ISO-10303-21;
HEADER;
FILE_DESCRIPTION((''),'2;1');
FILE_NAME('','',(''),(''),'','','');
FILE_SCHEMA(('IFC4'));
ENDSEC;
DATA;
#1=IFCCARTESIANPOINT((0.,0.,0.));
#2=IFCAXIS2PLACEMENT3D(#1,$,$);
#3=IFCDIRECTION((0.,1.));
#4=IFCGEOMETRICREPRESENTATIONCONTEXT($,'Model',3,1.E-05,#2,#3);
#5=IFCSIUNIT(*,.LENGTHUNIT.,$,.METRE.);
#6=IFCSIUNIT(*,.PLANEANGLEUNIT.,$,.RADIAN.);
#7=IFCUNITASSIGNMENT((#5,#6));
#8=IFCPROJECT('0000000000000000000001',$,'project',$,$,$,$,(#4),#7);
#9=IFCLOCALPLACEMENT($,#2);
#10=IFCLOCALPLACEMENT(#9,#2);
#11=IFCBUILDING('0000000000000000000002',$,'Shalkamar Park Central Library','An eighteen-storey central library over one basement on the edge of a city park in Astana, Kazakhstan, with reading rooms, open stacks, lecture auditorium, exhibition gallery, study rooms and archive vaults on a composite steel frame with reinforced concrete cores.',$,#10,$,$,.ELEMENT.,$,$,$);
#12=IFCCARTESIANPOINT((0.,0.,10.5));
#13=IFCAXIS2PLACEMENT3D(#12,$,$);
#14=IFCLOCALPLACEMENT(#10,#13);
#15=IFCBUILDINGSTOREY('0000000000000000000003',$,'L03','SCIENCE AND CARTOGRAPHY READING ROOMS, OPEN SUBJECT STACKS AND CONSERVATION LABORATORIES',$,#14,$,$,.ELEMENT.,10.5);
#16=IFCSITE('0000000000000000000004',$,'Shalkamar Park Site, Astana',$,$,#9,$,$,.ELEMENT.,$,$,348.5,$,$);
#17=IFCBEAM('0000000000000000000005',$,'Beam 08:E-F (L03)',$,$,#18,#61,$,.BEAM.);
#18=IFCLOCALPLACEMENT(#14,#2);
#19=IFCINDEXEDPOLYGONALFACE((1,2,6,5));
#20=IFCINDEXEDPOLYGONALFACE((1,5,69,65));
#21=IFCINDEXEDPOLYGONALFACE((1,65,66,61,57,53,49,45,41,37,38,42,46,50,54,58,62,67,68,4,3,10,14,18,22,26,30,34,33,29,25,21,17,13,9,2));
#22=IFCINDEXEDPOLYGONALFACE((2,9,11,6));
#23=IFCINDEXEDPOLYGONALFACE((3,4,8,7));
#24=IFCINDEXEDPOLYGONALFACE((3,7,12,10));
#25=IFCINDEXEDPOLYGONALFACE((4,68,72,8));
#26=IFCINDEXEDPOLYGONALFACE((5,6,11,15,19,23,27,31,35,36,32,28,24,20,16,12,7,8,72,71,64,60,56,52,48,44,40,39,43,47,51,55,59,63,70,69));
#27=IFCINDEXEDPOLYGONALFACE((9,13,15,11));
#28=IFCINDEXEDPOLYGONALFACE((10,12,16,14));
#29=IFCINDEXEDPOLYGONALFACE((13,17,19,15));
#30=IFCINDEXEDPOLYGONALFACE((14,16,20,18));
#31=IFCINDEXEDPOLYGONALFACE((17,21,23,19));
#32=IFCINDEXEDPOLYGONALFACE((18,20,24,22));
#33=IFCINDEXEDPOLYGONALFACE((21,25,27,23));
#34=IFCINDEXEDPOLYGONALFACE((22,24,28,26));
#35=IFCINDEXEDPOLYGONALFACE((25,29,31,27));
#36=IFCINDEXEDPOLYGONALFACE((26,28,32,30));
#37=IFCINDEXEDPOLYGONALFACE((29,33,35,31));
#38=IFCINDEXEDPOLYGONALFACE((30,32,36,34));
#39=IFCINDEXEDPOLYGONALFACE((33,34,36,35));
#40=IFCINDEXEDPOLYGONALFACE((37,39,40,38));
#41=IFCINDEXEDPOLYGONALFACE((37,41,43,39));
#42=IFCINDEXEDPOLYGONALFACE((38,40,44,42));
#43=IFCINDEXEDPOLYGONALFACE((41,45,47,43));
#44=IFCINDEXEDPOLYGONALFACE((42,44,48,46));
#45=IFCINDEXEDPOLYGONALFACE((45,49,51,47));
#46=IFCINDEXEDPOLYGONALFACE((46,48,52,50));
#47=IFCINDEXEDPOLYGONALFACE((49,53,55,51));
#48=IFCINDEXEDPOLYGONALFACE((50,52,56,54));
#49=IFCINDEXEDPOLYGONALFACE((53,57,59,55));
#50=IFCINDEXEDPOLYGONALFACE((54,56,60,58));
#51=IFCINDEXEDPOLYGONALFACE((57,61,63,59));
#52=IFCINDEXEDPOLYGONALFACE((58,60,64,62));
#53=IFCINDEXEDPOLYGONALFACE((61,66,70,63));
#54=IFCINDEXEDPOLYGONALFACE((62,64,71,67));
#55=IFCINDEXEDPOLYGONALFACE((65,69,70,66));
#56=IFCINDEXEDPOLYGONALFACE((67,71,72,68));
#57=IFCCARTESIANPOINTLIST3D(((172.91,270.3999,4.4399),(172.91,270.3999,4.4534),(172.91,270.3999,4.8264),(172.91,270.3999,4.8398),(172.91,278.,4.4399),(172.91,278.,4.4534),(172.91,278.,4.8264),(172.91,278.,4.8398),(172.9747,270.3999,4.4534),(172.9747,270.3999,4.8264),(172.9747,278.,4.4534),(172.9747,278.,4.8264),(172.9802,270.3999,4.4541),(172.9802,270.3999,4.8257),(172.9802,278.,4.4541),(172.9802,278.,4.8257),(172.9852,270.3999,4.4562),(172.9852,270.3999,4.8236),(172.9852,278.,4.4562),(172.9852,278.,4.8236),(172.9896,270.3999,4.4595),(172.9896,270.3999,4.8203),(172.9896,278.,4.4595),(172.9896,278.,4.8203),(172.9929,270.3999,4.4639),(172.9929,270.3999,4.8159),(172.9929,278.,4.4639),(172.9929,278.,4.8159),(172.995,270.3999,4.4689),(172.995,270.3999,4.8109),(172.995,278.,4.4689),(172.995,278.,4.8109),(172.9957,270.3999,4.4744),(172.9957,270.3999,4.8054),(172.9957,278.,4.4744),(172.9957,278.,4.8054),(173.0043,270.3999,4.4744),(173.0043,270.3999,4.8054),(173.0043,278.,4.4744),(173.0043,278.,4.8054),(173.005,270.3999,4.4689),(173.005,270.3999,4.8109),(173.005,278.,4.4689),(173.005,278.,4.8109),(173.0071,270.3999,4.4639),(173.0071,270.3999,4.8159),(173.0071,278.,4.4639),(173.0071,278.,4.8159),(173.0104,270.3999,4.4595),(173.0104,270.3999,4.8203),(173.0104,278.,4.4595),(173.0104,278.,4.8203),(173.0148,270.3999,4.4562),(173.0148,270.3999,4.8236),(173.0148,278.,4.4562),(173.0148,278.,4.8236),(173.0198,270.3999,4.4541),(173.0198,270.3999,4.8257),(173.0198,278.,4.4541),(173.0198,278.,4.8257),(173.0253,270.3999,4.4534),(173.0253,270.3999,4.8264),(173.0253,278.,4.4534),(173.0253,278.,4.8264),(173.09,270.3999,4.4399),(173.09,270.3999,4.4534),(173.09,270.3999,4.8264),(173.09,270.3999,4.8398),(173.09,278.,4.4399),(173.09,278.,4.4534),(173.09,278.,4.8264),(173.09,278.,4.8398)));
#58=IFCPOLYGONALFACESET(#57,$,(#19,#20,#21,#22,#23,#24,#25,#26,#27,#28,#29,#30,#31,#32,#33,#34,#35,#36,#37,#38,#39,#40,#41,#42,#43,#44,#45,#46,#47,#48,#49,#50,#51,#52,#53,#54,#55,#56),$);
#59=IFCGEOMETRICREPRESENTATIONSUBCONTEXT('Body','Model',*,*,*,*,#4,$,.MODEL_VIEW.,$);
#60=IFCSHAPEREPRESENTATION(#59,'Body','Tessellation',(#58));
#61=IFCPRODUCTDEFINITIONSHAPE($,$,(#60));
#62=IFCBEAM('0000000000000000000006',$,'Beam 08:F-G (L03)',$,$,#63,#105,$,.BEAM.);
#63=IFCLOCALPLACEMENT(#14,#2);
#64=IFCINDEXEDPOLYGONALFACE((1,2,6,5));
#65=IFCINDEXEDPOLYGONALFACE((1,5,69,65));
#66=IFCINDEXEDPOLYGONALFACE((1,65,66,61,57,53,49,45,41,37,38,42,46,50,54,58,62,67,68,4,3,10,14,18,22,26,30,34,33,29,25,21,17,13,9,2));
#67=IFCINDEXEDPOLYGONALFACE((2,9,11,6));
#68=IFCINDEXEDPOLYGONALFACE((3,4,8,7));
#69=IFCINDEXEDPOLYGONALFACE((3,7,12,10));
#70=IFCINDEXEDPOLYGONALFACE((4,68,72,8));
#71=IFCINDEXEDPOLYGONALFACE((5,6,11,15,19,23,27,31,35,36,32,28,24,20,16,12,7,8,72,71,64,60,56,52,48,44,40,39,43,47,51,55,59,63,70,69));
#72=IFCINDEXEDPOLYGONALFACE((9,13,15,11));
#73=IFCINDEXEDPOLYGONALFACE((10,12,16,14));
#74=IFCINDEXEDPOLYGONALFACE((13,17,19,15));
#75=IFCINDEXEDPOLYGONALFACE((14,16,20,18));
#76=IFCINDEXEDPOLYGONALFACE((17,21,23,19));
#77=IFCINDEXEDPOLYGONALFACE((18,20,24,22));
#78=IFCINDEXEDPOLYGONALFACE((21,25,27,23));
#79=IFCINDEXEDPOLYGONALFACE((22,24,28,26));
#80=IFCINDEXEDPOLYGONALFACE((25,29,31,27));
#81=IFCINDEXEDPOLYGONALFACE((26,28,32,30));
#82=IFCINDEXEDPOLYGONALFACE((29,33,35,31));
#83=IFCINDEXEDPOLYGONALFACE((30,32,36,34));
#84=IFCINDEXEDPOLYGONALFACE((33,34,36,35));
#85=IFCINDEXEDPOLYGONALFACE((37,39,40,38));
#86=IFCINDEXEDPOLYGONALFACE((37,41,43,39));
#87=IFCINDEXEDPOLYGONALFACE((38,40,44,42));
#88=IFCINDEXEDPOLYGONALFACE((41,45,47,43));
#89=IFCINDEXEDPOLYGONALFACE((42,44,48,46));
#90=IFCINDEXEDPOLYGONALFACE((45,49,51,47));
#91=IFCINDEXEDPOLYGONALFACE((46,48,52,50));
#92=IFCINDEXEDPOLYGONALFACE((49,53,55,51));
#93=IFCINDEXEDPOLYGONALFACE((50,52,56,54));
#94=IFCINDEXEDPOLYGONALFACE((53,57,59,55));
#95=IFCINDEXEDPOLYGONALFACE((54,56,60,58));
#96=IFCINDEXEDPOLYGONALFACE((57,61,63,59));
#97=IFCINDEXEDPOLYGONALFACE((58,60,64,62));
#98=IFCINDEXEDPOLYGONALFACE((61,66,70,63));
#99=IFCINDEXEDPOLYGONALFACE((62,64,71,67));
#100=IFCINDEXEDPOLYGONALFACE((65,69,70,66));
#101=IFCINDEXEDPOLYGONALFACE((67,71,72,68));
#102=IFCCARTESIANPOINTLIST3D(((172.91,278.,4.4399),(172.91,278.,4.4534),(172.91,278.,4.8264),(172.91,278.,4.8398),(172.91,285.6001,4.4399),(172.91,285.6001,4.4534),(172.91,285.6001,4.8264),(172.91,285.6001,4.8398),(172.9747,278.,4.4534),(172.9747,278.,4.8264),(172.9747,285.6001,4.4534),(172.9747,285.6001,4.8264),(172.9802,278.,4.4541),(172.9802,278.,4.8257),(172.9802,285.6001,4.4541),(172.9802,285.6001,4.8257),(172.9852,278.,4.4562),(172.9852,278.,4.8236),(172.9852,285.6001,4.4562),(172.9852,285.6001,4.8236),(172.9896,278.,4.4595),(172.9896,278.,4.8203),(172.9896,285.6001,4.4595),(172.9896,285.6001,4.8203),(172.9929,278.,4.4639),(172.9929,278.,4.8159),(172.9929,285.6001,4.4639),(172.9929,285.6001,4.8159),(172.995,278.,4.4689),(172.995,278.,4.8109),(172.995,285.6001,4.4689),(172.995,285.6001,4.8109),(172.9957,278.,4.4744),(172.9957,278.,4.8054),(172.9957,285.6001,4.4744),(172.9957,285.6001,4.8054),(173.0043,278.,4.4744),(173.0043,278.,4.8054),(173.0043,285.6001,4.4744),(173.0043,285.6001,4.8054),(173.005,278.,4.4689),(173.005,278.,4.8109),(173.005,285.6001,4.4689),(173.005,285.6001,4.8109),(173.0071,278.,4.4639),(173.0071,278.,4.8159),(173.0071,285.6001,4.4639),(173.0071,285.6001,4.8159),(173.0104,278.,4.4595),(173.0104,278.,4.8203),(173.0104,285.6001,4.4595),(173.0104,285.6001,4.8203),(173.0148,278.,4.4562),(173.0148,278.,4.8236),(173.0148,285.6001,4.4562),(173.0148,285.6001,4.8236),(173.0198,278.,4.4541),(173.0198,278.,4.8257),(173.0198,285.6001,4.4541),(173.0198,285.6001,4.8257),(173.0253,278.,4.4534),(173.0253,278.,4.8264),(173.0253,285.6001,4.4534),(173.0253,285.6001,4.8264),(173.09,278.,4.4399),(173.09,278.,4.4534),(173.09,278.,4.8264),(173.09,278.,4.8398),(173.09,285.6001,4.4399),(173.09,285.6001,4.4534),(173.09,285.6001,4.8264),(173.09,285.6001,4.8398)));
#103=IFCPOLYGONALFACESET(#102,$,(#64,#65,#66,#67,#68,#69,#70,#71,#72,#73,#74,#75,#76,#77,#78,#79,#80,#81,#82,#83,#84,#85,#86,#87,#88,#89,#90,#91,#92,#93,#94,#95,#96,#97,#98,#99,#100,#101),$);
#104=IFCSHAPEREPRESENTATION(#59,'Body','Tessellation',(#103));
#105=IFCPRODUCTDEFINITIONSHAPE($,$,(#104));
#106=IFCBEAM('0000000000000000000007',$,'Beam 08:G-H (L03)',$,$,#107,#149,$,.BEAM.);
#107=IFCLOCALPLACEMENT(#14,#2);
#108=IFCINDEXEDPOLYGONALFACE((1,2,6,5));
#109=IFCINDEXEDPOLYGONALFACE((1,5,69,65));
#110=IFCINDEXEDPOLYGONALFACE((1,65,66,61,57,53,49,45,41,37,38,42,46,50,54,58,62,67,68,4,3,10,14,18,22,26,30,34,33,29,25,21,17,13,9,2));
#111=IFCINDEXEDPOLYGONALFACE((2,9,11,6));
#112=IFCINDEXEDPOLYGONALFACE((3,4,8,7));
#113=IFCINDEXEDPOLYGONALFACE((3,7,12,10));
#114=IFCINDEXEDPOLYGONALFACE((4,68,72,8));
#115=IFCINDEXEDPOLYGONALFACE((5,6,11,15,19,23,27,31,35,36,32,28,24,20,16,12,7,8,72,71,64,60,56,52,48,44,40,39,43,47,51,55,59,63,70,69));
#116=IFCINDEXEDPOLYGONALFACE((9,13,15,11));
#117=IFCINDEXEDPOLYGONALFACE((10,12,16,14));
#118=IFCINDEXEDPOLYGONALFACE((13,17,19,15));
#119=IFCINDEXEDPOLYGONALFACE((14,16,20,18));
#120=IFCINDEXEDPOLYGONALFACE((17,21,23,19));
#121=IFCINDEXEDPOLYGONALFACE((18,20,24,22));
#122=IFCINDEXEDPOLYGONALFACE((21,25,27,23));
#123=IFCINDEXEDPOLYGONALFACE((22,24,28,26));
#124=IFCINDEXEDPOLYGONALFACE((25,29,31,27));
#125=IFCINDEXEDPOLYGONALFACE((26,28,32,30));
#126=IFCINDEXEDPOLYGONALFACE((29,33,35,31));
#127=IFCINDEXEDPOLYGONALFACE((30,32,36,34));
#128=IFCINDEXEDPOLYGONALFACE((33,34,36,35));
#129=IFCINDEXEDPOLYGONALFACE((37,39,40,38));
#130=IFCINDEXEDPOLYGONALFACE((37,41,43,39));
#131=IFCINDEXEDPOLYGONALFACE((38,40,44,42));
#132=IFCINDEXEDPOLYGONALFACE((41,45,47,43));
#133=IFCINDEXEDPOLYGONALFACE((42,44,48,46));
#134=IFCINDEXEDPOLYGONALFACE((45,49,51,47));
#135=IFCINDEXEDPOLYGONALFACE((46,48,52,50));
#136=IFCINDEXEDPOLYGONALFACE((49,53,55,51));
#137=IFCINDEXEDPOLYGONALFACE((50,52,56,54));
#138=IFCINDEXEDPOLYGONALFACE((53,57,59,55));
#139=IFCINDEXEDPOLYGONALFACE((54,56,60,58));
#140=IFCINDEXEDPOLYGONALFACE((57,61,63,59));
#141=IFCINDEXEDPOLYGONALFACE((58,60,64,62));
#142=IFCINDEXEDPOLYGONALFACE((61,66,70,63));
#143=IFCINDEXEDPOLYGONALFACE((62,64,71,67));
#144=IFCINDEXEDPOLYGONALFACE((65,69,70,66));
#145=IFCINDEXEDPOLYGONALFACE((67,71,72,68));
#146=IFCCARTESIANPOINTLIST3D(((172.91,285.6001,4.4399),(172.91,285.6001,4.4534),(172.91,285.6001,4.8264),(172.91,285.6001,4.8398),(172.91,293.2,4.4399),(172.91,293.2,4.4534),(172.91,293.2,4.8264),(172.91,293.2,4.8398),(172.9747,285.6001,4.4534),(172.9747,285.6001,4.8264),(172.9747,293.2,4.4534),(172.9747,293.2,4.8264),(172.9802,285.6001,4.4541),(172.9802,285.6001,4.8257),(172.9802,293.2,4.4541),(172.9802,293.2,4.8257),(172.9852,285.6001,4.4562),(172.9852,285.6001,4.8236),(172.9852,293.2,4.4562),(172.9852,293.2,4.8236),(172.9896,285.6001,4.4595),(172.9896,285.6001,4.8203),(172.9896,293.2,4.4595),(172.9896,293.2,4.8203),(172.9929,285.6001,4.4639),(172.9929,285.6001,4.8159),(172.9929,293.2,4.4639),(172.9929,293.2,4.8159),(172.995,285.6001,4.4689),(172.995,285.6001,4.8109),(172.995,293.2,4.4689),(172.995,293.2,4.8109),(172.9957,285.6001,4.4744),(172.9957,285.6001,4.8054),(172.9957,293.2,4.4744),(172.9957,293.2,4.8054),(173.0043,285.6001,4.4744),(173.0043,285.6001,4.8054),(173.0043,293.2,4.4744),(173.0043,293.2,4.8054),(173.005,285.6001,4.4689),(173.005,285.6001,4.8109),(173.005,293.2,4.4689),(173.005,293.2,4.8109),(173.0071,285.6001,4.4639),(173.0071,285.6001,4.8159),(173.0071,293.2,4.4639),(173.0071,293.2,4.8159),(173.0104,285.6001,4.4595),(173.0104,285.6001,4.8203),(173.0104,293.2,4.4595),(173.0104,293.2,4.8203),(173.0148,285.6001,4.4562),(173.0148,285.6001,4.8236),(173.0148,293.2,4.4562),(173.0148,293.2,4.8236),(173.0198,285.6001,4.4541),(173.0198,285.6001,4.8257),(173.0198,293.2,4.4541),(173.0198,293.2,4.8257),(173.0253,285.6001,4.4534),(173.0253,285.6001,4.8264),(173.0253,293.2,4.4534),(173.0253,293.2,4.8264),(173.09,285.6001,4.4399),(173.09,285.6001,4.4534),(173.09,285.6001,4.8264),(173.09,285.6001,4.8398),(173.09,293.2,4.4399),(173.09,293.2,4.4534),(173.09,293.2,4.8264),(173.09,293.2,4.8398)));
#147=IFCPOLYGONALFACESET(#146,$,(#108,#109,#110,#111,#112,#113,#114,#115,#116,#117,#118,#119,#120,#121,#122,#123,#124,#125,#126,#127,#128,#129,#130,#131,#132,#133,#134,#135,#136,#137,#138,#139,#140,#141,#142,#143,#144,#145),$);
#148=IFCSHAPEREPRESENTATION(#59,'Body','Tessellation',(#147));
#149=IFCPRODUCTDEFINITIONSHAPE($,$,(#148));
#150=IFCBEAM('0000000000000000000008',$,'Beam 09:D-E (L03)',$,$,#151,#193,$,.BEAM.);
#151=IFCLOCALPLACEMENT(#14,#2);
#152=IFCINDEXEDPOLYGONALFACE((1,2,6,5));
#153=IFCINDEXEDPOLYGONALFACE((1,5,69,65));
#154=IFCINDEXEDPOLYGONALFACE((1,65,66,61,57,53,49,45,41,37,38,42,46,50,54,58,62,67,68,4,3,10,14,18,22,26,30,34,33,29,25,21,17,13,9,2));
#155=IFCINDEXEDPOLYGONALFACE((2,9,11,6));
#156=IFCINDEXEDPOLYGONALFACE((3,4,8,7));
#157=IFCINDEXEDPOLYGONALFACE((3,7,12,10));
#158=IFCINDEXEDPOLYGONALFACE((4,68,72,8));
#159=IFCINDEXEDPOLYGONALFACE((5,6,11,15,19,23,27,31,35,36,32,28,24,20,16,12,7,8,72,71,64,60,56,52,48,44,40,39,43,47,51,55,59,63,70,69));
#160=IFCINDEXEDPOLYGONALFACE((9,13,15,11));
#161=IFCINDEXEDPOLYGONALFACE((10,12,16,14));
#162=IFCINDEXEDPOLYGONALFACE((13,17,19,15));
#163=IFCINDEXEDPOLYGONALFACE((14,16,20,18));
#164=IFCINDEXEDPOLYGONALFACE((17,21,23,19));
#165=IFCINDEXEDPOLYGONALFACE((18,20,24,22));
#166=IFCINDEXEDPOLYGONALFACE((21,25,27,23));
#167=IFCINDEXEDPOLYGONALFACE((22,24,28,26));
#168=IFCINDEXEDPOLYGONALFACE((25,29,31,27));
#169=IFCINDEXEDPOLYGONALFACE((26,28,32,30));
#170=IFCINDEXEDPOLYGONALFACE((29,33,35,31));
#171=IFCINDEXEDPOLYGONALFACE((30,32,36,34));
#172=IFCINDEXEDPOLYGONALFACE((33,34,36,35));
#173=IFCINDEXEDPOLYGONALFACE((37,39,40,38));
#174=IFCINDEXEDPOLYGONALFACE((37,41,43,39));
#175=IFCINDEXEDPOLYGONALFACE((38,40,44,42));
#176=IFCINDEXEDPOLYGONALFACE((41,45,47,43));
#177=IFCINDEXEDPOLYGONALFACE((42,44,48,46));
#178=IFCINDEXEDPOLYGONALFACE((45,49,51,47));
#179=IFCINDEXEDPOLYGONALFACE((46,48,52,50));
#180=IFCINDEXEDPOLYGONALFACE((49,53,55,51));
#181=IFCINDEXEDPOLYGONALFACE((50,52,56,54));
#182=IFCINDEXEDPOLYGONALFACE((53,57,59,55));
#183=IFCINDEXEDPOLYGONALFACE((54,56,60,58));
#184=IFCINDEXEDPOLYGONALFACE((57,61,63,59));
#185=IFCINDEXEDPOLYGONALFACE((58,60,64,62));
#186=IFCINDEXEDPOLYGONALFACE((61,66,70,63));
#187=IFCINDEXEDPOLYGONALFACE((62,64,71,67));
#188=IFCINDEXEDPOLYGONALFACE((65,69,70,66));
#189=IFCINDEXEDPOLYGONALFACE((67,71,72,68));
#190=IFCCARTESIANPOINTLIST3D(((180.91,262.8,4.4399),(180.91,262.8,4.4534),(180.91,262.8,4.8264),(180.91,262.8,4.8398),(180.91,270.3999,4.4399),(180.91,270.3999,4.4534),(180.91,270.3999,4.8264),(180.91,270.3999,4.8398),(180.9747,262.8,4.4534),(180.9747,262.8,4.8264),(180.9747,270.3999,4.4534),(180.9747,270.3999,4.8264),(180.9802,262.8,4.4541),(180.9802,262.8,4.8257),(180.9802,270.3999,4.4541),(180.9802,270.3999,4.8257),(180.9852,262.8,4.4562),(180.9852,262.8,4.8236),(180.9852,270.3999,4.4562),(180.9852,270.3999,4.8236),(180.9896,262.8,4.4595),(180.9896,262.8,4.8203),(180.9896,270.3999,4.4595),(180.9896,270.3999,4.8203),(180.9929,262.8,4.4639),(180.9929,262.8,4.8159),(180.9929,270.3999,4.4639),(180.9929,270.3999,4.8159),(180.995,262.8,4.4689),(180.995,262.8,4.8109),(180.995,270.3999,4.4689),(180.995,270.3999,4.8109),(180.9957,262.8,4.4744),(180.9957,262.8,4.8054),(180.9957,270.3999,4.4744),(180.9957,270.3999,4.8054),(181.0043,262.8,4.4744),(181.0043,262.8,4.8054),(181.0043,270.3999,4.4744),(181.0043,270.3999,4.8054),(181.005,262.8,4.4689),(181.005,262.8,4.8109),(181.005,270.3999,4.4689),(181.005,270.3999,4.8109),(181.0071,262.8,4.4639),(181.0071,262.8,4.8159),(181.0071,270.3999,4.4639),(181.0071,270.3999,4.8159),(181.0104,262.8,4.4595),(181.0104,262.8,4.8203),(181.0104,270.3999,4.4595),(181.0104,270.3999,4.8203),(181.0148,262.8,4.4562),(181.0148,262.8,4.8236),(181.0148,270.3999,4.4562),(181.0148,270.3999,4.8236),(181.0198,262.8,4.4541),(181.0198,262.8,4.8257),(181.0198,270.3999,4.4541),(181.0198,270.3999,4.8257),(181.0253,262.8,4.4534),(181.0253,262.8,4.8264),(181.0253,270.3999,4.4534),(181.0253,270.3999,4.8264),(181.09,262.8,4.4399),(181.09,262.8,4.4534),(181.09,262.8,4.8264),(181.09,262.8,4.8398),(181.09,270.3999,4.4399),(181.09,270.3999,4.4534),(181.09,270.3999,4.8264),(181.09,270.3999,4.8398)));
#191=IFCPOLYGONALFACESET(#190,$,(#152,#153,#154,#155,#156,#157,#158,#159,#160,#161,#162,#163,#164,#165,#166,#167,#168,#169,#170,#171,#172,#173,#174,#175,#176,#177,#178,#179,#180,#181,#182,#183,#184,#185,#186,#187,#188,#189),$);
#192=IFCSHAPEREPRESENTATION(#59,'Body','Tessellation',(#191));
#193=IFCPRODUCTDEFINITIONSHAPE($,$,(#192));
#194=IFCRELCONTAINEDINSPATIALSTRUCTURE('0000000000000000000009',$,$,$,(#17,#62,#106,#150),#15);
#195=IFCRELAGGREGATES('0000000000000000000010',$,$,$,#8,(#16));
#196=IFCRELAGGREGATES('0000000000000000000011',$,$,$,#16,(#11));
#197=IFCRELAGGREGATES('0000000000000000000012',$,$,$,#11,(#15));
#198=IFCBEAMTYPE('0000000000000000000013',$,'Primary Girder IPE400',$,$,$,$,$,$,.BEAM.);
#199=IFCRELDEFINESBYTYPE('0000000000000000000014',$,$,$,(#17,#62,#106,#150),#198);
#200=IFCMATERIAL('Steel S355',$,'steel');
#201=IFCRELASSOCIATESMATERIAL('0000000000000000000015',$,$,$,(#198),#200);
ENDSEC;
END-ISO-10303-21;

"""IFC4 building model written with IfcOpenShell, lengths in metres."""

from ifc_helpers import new_model, si_unit, direction, frame, origin, origin_2d, place, context, subcontext, project, spatial, i_section, extrude, material, material_profile, profile_set, type_object, element, save


model = new_model("IFC4")

# Units and contexts
model_context = context("Model", 3, precision=1e-05, world=origin(), true_north=direction((0.0, 1.0)))
body_context = subcontext(model_context, "Body", "Model", "MODEL_VIEW")
ifc_project = project(units=[si_unit("LENGTHUNIT", "METRE"), si_unit("PLANEANGLEUNIT", "RADIAN")], contexts=[model_context])

# Site, building, storey
site_placement = place(None, origin())
site = spatial("IfcSite", under=ifc_project, at=site_placement, Name="Shalkamar Park Site, Astana", CompositionType="ELEMENT", RefElevation=348.5)
building_placement = place(site_placement, origin())
building = spatial("IfcBuilding", under=site, at=building_placement, Name="Shalkamar Park Central Library", Description="An eighteen-storey central library over one basement on the edge of a city park in Astana, Kazakhstan, with reading rooms, open stacks, lecture auditorium, exhibition gallery, study rooms and archive vaults on a composite steel frame with reinforced concrete cores.", CompositionType="ELEMENT")
storey_placement = place(building_placement, frame((0.0, 0.0, 10.5)))
storey = spatial("IfcBuildingStorey", under=building, at=storey_placement, Name="L03", Description="SCIENCE AND CARTOGRAPHY READING ROOMS, OPEN SUBJECT STACKS AND CONSERVATION LABORATORIES", CompositionType="ELEMENT", Elevation=10.5)

# Shared definitions
ifc_material = material(Name="Steel S355", Category="steel")

# Beams
ifc_material_profile_1 = material_profile(ifc_material, i_section(OverallWidth=0.1799, OverallDepth=0.3999, WebThickness=0.0085, FlangeThickness=0.0134, FilletRadius=0.021, at=origin_2d()), Name="IPE 400")
ifc_profile_set_1 = profile_set([ifc_material_profile_1], Name="Steel S355")
beam_type_1 = type_object("IfcBeamType", Name="Primary Girder IPE400", PredefinedType="BEAM", material=ifc_profile_set_1)
for number, where, z_axis, x_axis, name in (
    (1, (173.0, 270.3999, 4.6399), (0.0, 1.0, 0.0), (-1.0, 0.0, 0.0), "Beam 08:E-F (L03)"),
    (2, (173.0, 278.0, 4.6399), (0.0, 1.0, 0.0), (-1.0, 0.0, 0.0), "Beam 08:F-G (L03)"),
):
    element("IfcBeam", number, at=place(storey_placement, frame(where, z_axis=z_axis, x_axis=x_axis)), inside=storey, type_object=beam_type_1, Name=name, PredefinedType="BEAM", context=body_context, shape_type="SweptSolid", body=[
        extrude(i_section(OverallWidth=0.1799, OverallDepth=0.3999, WebThickness=0.0085, FlangeThickness=0.0134, FilletRadius=0.021, at=origin_2d()), origin(), (0.0, 0.0, 1.0), 7.6001),
    ])
for number, where, z_axis, x_axis, name in (
    (3, (173.0, 285.6001, 4.6399), (0.0, 1.0, 0.0), (-1.0, 0.0, 0.0), "Beam 08:G-H (L03)"),
    (4, (181.0, 262.8, 4.6399), (0.0, 1.0, 0.0), (-1.0, 0.0, 0.0), "Beam 09:D-E (L03)"),
):
    element("IfcBeam", number, at=place(storey_placement, frame(where, z_axis=z_axis, x_axis=x_axis)), inside=storey, type_object=beam_type_1, Name=name, PredefinedType="BEAM", context=body_context, shape_type="SweptSolid", body=[
        extrude(i_section(OverallWidth=0.1799, OverallDepth=0.3999, WebThickness=0.0085, FlangeThickness=0.0134, FilletRadius=0.021, at=origin_2d()), origin(), (0.0, 0.0, 1.0), 7.5999),
    ])

save(model, "model.ifc")
